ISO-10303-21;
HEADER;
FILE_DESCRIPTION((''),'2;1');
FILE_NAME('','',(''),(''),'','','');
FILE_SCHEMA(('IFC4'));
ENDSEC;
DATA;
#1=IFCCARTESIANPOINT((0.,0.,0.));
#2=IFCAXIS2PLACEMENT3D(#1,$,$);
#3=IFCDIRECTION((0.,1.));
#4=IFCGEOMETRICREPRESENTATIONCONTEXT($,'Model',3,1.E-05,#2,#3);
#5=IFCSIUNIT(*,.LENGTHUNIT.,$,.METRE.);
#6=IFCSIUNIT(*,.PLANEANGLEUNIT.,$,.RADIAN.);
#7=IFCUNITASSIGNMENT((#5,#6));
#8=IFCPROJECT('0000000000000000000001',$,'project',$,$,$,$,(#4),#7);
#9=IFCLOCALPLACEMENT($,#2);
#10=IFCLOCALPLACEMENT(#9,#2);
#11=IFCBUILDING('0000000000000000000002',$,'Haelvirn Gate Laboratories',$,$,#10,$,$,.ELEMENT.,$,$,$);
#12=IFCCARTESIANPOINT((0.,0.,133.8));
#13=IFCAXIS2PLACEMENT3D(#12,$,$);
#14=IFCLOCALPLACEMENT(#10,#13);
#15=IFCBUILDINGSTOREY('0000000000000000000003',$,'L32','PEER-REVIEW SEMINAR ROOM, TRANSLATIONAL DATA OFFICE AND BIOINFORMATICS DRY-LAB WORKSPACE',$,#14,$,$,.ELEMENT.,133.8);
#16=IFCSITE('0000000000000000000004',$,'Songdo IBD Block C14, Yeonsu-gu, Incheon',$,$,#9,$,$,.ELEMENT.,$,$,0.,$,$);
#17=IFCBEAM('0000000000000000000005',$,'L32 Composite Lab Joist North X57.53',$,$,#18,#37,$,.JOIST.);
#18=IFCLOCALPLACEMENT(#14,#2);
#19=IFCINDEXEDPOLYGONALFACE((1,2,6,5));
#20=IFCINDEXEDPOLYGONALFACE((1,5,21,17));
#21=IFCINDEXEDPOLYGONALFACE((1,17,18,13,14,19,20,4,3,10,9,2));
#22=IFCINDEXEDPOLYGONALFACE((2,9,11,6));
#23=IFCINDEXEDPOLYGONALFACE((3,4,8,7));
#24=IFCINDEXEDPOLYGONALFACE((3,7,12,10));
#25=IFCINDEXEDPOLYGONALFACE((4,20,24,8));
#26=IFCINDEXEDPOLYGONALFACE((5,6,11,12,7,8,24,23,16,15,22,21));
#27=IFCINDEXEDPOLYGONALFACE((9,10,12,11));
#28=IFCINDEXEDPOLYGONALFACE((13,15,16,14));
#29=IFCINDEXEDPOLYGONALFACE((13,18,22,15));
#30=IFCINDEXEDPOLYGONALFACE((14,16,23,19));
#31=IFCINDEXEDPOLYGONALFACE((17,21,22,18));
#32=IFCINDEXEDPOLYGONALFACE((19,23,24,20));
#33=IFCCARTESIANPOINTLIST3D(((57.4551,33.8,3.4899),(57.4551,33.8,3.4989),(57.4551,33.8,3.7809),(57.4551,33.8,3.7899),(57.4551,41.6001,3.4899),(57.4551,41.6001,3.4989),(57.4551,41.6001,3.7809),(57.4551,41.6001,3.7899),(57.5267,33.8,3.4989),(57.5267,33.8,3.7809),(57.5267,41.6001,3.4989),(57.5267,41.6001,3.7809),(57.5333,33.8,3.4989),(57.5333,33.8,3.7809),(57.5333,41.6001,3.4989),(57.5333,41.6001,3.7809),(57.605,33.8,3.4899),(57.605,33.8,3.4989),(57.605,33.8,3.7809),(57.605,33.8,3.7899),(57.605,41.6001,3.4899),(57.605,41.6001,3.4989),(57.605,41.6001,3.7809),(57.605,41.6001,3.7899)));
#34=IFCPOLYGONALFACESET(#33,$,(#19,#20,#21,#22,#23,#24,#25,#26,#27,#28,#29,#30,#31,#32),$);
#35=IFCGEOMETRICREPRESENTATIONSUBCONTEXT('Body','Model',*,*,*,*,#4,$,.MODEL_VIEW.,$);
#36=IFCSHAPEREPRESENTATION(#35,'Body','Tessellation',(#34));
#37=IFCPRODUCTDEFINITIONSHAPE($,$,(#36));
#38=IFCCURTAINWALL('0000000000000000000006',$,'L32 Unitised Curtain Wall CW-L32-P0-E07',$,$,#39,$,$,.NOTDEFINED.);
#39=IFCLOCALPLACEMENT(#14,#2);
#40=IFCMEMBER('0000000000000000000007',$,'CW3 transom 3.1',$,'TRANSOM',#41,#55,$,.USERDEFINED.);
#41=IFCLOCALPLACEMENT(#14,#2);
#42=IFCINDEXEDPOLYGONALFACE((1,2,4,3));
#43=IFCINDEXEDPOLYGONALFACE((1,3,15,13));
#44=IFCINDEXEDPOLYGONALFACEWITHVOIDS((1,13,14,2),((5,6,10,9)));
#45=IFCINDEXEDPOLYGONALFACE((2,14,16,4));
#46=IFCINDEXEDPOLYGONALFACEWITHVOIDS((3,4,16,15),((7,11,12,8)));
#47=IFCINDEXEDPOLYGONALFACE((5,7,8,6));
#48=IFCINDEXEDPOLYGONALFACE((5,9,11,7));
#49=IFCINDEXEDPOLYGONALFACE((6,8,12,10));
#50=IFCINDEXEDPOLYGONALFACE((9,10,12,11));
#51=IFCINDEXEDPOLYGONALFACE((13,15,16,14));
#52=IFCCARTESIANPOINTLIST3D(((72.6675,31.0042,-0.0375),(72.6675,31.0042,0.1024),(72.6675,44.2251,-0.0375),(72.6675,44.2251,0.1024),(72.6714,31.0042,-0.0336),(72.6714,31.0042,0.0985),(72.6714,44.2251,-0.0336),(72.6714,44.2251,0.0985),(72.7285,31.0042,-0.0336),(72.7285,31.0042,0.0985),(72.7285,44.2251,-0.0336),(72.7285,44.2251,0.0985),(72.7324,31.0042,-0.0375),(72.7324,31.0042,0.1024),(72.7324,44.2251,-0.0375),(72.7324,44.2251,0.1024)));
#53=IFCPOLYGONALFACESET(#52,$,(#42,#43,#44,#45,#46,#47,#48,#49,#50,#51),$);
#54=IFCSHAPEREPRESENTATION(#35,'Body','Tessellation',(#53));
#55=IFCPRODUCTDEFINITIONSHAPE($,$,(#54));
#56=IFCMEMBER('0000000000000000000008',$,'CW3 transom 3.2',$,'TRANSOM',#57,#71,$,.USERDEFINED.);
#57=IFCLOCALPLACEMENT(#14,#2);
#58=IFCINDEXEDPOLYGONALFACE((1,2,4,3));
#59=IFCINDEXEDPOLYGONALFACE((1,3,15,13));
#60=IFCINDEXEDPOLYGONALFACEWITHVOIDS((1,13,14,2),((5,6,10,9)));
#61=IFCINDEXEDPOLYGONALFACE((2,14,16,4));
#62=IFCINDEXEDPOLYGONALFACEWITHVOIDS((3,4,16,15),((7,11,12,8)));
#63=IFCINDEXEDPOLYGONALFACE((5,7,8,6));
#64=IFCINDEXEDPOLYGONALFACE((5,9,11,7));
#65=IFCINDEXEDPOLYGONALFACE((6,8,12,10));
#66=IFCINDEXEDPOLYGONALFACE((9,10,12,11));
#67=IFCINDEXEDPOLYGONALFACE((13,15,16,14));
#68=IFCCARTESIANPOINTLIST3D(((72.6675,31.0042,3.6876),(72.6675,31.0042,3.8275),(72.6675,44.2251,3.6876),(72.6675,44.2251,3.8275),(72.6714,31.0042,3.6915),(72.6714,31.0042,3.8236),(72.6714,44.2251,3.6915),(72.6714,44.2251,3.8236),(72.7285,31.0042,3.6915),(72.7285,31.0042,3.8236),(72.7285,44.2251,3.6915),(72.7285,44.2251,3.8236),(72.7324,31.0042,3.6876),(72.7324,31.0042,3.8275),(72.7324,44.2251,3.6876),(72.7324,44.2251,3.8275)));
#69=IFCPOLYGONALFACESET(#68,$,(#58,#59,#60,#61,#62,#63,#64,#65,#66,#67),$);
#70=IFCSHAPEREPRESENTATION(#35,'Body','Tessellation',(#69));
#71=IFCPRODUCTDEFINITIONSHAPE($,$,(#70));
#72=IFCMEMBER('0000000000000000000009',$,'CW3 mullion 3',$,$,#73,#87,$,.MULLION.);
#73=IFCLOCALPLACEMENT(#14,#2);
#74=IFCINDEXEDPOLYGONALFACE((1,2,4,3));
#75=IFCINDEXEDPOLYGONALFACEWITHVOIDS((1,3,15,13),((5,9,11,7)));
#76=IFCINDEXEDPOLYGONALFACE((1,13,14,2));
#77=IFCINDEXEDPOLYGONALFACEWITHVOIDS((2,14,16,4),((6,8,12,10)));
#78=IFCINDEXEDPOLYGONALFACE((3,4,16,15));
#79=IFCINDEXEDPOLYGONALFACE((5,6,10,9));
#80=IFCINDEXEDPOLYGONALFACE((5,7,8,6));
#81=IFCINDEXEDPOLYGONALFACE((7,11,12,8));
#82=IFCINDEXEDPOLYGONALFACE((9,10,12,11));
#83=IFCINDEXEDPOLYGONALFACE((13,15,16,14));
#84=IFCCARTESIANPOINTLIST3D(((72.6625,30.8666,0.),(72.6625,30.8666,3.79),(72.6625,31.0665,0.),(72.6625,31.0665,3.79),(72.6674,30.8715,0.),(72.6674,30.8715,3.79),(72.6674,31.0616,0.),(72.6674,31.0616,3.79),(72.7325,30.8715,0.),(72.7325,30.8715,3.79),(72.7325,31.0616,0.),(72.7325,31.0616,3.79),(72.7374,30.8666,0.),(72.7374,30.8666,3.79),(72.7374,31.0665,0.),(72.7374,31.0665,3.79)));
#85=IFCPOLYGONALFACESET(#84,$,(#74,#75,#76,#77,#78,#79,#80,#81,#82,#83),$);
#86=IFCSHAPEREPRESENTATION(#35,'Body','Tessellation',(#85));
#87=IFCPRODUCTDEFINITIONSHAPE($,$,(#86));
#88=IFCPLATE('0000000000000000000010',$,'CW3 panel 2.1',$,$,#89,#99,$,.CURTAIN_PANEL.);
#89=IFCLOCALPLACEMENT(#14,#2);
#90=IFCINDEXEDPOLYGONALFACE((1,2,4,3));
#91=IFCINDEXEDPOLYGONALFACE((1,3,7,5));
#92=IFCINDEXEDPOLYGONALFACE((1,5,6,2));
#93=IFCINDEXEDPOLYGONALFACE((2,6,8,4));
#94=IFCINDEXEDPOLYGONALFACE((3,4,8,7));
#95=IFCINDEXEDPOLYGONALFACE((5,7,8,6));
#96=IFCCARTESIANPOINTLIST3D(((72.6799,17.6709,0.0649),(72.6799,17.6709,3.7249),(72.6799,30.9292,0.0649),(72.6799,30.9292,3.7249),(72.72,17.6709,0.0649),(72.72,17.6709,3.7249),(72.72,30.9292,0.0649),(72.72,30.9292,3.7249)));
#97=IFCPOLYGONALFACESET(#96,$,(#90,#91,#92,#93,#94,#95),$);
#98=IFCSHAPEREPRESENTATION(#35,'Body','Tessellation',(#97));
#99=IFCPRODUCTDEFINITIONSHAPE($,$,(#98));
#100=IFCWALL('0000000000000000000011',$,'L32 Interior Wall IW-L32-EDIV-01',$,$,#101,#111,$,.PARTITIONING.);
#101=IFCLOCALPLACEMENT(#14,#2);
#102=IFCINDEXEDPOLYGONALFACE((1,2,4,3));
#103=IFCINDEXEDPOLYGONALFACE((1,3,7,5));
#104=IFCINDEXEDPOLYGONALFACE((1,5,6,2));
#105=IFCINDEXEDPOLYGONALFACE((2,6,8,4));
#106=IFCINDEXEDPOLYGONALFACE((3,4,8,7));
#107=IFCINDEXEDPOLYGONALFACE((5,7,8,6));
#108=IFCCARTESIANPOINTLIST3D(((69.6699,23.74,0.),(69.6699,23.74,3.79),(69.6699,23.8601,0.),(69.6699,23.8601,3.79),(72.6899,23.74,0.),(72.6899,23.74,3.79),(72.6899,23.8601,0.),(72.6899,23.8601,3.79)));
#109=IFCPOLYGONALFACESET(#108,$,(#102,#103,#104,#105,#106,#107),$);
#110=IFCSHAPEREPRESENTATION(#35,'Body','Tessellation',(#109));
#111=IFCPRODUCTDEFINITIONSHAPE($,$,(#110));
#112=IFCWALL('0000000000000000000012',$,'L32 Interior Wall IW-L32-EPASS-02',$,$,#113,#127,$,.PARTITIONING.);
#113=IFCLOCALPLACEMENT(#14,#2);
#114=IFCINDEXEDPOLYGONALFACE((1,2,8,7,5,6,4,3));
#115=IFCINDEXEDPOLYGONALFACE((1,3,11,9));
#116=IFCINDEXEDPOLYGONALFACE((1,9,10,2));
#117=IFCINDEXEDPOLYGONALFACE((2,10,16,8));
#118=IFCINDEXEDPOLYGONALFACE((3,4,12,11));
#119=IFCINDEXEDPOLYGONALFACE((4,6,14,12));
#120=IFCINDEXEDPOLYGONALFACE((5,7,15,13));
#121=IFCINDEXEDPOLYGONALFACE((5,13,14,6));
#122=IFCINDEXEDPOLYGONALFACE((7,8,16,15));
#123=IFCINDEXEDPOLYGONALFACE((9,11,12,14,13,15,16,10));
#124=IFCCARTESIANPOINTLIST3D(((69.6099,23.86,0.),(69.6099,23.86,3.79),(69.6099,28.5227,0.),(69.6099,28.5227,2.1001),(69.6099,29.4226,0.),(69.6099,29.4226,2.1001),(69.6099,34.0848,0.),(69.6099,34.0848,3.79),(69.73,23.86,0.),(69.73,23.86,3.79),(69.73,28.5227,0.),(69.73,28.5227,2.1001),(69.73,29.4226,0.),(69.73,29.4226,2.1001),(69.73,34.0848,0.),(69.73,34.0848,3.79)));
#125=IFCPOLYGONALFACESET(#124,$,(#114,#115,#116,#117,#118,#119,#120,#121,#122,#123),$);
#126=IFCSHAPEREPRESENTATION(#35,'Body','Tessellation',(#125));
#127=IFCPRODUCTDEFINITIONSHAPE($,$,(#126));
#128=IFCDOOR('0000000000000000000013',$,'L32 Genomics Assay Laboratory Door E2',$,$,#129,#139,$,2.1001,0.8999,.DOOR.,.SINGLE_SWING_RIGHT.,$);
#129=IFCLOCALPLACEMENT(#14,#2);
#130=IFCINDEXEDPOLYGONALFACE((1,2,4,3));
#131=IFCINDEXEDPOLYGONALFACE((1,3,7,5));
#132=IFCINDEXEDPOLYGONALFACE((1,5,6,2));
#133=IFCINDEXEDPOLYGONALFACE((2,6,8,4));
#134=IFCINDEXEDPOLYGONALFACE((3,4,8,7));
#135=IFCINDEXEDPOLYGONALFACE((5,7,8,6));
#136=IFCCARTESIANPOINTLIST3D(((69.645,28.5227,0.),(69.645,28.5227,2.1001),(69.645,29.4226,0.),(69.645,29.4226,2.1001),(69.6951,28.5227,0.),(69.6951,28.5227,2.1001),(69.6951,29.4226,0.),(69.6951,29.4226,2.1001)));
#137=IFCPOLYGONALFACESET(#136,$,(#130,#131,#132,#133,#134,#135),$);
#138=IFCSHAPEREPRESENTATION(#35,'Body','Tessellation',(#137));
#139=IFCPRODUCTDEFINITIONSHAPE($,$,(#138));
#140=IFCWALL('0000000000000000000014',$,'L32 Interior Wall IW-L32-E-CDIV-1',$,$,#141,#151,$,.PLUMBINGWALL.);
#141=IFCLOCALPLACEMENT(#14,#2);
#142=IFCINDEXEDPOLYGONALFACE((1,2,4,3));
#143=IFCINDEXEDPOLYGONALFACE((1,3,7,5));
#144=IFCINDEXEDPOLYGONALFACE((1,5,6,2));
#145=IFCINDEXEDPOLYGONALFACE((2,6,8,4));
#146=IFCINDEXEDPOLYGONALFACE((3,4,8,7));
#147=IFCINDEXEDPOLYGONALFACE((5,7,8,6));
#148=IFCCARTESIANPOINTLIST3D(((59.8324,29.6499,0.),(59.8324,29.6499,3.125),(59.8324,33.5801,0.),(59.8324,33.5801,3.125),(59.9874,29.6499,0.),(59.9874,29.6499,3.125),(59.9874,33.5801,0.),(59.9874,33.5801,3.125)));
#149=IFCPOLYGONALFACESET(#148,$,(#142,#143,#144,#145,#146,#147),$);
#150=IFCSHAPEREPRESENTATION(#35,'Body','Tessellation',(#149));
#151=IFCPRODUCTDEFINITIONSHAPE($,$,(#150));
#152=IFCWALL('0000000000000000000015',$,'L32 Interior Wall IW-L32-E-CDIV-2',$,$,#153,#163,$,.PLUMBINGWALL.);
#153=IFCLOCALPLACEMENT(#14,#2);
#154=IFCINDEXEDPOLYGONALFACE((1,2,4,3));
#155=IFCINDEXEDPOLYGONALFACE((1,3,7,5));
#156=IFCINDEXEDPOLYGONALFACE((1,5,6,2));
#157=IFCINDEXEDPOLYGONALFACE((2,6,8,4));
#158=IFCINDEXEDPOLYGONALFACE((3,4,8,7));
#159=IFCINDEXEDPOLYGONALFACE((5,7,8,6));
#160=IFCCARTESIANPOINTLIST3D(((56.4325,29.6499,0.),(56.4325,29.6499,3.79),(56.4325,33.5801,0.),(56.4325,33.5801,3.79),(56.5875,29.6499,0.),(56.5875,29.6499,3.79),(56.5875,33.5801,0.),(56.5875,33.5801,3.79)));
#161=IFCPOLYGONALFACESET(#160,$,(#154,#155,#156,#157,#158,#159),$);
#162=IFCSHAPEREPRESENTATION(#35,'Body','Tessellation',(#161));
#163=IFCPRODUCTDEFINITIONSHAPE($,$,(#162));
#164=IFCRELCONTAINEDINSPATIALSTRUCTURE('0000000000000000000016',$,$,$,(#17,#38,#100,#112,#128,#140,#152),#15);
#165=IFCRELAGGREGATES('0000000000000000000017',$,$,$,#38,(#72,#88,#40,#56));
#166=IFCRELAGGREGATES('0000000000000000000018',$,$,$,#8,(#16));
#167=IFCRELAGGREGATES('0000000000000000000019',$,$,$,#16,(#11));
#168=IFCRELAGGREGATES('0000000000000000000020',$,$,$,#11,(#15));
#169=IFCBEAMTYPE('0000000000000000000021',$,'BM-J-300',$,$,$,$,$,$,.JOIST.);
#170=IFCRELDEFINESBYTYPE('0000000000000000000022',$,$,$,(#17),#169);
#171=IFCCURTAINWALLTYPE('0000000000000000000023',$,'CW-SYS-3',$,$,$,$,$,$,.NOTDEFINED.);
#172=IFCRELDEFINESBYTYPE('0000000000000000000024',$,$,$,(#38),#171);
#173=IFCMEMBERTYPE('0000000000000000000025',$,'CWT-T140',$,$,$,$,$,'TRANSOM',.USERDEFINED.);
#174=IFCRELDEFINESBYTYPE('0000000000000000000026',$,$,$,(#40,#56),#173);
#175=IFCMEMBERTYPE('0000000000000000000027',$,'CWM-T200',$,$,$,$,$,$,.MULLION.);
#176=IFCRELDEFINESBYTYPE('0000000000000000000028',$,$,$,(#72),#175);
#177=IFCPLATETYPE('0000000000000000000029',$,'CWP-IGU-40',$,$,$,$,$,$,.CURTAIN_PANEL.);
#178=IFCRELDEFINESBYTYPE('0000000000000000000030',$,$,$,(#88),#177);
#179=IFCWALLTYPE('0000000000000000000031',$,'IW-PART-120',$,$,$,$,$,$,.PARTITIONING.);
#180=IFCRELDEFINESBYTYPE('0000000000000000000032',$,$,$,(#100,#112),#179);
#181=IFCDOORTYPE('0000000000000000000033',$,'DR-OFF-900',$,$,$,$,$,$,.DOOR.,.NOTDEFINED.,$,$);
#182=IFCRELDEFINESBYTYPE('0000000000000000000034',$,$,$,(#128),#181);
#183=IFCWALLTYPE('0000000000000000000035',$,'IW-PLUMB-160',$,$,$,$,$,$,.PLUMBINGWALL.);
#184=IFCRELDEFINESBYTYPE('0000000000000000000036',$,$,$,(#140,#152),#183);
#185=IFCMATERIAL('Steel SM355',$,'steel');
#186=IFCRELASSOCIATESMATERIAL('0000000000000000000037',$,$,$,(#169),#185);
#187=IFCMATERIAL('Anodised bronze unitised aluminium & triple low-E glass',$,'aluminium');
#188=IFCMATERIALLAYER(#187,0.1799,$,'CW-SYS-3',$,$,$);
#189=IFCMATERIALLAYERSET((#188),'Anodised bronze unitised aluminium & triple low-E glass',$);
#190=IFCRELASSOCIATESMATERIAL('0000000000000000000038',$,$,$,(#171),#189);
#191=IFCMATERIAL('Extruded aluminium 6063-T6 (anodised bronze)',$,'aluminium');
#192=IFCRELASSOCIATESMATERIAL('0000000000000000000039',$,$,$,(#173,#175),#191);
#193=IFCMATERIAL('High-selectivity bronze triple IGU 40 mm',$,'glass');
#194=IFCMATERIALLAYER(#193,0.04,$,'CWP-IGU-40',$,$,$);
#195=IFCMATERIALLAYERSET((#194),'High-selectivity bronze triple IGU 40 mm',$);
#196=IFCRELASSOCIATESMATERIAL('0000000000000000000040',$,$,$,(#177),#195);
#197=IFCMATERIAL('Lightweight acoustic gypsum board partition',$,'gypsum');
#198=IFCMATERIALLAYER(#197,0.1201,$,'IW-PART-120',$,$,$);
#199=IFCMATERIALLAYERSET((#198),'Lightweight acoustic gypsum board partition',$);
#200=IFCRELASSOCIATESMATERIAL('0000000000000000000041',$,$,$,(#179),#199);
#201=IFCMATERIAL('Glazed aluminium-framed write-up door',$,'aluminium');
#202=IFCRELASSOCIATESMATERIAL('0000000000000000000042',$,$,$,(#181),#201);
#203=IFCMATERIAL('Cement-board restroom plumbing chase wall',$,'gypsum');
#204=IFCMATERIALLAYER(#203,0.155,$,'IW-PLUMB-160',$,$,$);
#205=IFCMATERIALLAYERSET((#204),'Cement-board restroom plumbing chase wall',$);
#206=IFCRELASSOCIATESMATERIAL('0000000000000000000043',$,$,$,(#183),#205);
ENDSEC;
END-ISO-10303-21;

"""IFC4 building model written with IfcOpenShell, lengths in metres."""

from ifc_helpers import new_model, si_unit, direction, frame, frame_2d, origin, origin_2d, place, context, subcontext, project, spatial, rectangle, hollow_rectangle, i_section, extrude, source, transform, mapped, material, layer, layer_set, material_profile, profile_set, type_object, type_shapes, element, fill, aggregate, save


model = new_model("IFC4")

# Units and contexts
model_context = context("Model", 3, precision=1e-05, world=origin(), true_north=direction((0.0, 1.0)))
body_context = subcontext(model_context, "Body", "Model", "MODEL_VIEW")
ifc_project = project(units=[si_unit("LENGTHUNIT", "METRE"), si_unit("PLANEANGLEUNIT", "RADIAN")], contexts=[model_context])

# Site, building, storey
site_placement = place(None, origin())
site = spatial("IfcSite", under=ifc_project, at=site_placement, Name="Songdo IBD Block C14, Yeonsu-gu, Incheon", CompositionType="ELEMENT", RefElevation=0.0)
building_placement = place(site_placement, origin())
building = spatial("IfcBuilding", under=site, at=building_placement, Name="Haelvirn Gate Laboratories", CompositionType="ELEMENT")
storey_placement = place(building_placement, frame((0.0, 0.0, 133.8)))
storey = spatial("IfcBuildingStorey", under=building, at=storey_placement, Name="L32", Description="PEER-REVIEW SEMINAR ROOM, TRANSLATIONAL DATA OFFICE AND BIOINFORMATICS DRY-LAB WORKSPACE", CompositionType="ELEMENT", Elevation=133.8)

# Beam
ifc_material_1 = material(Name="Steel SM355", Category="steel")
ifc_material_profile_1 = material_profile(ifc_material_1, i_section(OverallWidth=0.1499, OverallDepth=0.3, WebThickness=0.0066, FlangeThickness=0.009, at=origin_2d()), Name="H-300x150x6.5x9")
ifc_profile_set_1 = profile_set([ifc_material_profile_1], Name="Steel SM355")
beam_type = type_object("IfcBeamType", Name="BM-J-300", PredefinedType="JOIST", material=ifc_profile_set_1)
shared_shape_1 = source(origin(), body_context, "Body", "SweptSolid", [
    extrude(i_section(OverallWidth=0.1499, OverallDepth=0.3, WebThickness=0.0066, FlangeThickness=0.009, at=origin_2d()), origin(), (0.0, 0.0, 1.0), 7.8),
])
type_shapes(beam_type, [shared_shape_1])
beam_placement = place(storey_placement, frame((57.53, 33.8, 3.6399), z_axis=(0.0, 1.0, 0.0), x_axis=(-1.0, 0.0, 0.0)))
element("IfcBeam", 1, at=beam_placement, inside=storey, type_object=beam_type, Name="L32 Composite Lab Joist North X57.53", PredefinedType="JOIST", context=body_context, shape_type="MappedRepresentation", body=[
    mapped(shared_shape_1, transform((0.0, 0.0, 0.0), scale=1.0)),
])

# Curtain wall, members, plate
ifc_material_2 = material(Name="Anodised bronze unitised aluminium & triple low-E glass", Category="aluminium")
ifc_layer_1 = layer(ifc_material_2, 0.1799, Name="CW-SYS-3")
ifc_layer_set_1 = layer_set([ifc_layer_1], Name="Anodised bronze unitised aluminium & triple low-E glass")
curtain_wall_type = type_object("IfcCurtainWallType", Name="CW-SYS-3", PredefinedType="NOTDEFINED", material=ifc_layer_set_1)
curtain_wall_placement = place(storey_placement, origin())
curtain_wall = element("IfcCurtainWall", 2, at=curtain_wall_placement, inside=storey, type_object=curtain_wall_type, Name="L32 Unitised Curtain Wall CW-L32-P0-E07", PredefinedType="NOTDEFINED")
ifc_material_3 = material(Name="Extruded aluminium 6063-T6 (anodised bronze)", Category="aluminium")
ifc_material_profile_2 = material_profile(ifc_material_3, hollow_rectangle(XDim=0.0649, YDim=0.1399, WallThickness=0.0039, at=origin_2d()), Name="CWT-140x65x4")
ifc_profile_set_2 = profile_set([ifc_material_profile_2], Name="Extruded aluminium 6063-T6 (anodised bronze)")
member_type_1 = type_object("IfcMemberType", Name="CWT-T140", ElementType="TRANSOM", PredefinedType="USERDEFINED", material=ifc_profile_set_2)
shared_shape_2 = source(origin(), body_context, "Body", "SweptSolid", [
    extrude(hollow_rectangle(XDim=0.0649, YDim=0.1399, WallThickness=0.0039, at=origin_2d()), origin(), (0.0, 0.0, 1.0), 13.2209),
])
type_shapes(member_type_1, [shared_shape_2])
member_1_placement = place(storey_placement, frame((72.7, 31.0042, 0.0325), z_axis=(0.0, 1.0, 0.0), x_axis=(-1.0, 0.0, 0.0)))
member_1 = element("IfcMember", 3, at=member_1_placement, type_object=member_type_1, Name="CW3 transom 3.1", ObjectType="TRANSOM", PredefinedType="USERDEFINED", context=body_context, shape_type="MappedRepresentation", body=[
    mapped(shared_shape_2, transform((0.0, 0.0, 0.0), scale=1.0)),
])
member_2_placement = place(storey_placement, frame((72.7, 31.0042, 3.7576), z_axis=(0.0, 1.0, 0.0), x_axis=(-1.0, 0.0, 0.0)))
member_2 = element("IfcMember", 4, at=member_2_placement, type_object=member_type_1, Name="CW3 transom 3.2", ObjectType="TRANSOM", PredefinedType="USERDEFINED", context=body_context, shape_type="MappedRepresentation", body=[
    mapped(shared_shape_2, transform((0.0, 0.0, 0.0), scale=1.0)),
])
ifc_material_profile_3 = material_profile(ifc_material_3, hollow_rectangle(XDim=0.075, YDim=0.2, WallThickness=0.0049, at=origin_2d()), Name="CWM-200x75x5")
ifc_profile_set_3 = profile_set([ifc_material_profile_3], Name="Extruded aluminium 6063-T6 (anodised bronze)")
member_type_2 = type_object("IfcMemberType", Name="CWM-T200", PredefinedType="MULLION", material=ifc_profile_set_3)
shared_shape_3 = source(origin(), body_context, "Body", "SweptSolid", [
    extrude(hollow_rectangle(XDim=0.075, YDim=0.2, WallThickness=0.0049, at=origin_2d()), origin(), (0.0, 0.0, 1.0), 3.79),
])
type_shapes(member_type_2, [shared_shape_3])
member_3_placement = place(storey_placement, frame((72.7, 30.9666, 0.0), z_axis=(0.0, 0.0, 1.0), x_axis=(-1.0, 0.0, 0.0)))
member_3 = element("IfcMember", 5, at=member_3_placement, type_object=member_type_2, Name="CW3 mullion 3", PredefinedType="MULLION", context=body_context, shape_type="MappedRepresentation", body=[
    mapped(shared_shape_3, transform((0.0, 0.0, 0.0), scale=1.0)),
])
ifc_material_4 = material(Name="High-selectivity bronze triple IGU 40 mm", Category="glass")
ifc_layer_2 = layer(ifc_material_4, 0.04, Name="CWP-IGU-40")
ifc_layer_set_2 = layer_set([ifc_layer_2], Name="High-selectivity bronze triple IGU 40 mm")
plate_type = type_object("IfcPlateType", Name="CWP-IGU-40", PredefinedType="CURTAIN_PANEL", material=ifc_layer_set_2)
shared_shape_4 = source(origin(), body_context, "Body", "SweptSolid", [
    extrude(rectangle(XDim=13.2583, YDim=0.04, at=origin_2d()), origin(), (0.0, 0.0, 1.0), 3.6599),
])
type_shapes(plate_type, [shared_shape_4])
plate_placement = place(storey_placement, frame((72.7, 24.3, 0.0649), z_axis=(0.0, 0.0, 1.0), x_axis=(0.0, 1.0, 0.0)))
plate = element("IfcPlate", 6, at=plate_placement, type_object=plate_type, Name="CW3 panel 2.1", PredefinedType="CURTAIN_PANEL", context=body_context, shape_type="MappedRepresentation", body=[
    mapped(shared_shape_4, transform((0.0, 0.0, 0.0), scale=1.0)),
])
aggregate(curtain_wall, [member_3, plate, member_1, member_2])

# Wall
ifc_material_5 = material(Name="Lightweight acoustic gypsum board partition", Category="gypsum")
ifc_layer_3 = layer(ifc_material_5, 0.1201, Name="IW-PART-120")
ifc_layer_set_3 = layer_set([ifc_layer_3], Name="Lightweight acoustic gypsum board partition")
wall_type_1 = type_object("IfcWallType", Name="IW-PART-120", PredefinedType="PARTITIONING", material=ifc_layer_set_3)
wall_1_placement = place(storey_placement, frame((69.6699, 23.8, 0.0), z_axis=(0.0, 0.0, 1.0), x_axis=(1.0, 0.0, 0.0)))
element("IfcWall", 7, at=wall_1_placement, inside=storey, type_object=wall_type_1, Name="L32 Interior Wall IW-L32-EDIV-01", PredefinedType="PARTITIONING", context=body_context, shape_type="SweptSolid", body=[
    extrude(rectangle(XDim=3.02, YDim=0.1201, at=frame_2d((1.51, 0.0))), origin(), (0.0, 0.0, 1.0), 3.79),
])

# Wall, opening, door
wall_2_placement = place(storey_placement, frame((69.6699, 23.8601, 0.0), z_axis=(0.0, 0.0, 1.0), x_axis=(0.0, 1.0, 0.0)))
wall_2 = element("IfcWall", 8, at=wall_2_placement, inside=storey, type_object=wall_type_1, Name="L32 Interior Wall IW-L32-EPASS-02", PredefinedType="PARTITIONING", context=body_context, shape_type="SweptSolid", body=[
    extrude(rectangle(XDim=10.2249, YDim=0.1201, at=frame_2d((5.1123, 0.0))), origin(), (0.0, 0.0, 1.0), 3.79),
])
opening_1_placement = place(wall_2_placement, frame((4.6626, 0.0, 0.0)))
opening_1 = element("IfcOpeningElement", 9, at=opening_1_placement, cuts=wall_2, PredefinedType="OPENING", context=body_context, shape_type="SweptSolid", body=[
    extrude(rectangle(XDim=0.8999, YDim=2.1001, at=frame_2d((0.45, 1.05))), frame((0.0, 0.0701, 0.0), z_axis=(0.0, -1.0, 0.0), x_axis=(1.0, 0.0, 0.0)), (0.0, 0.0, 1.0), 0.1401),
])
ifc_material_6 = material(Name="Glazed aluminium-framed write-up door", Category="aluminium")
door_type_1 = type_object("IfcDoorType", Name="DR-OFF-900", OperationType="NOTDEFINED", PredefinedType="DOOR", material=ifc_material_6)
shared_shape_5 = source(origin(), body_context, "Body", "SweptSolid", [
    extrude(rectangle(XDim=0.8999, YDim=2.1001, at=frame_2d((0.45, 1.05))), frame((0.0, 0.0249, 0.0), z_axis=(0.0, -1.0, 0.0), x_axis=(1.0, 0.0, 0.0)), (0.0, 0.0, 1.0), 0.05),
])
type_shapes(door_type_1, [shared_shape_5])
door_1_placement = place(opening_1_placement, origin())
door_1 = element("IfcDoor", 10, at=door_1_placement, inside=storey, type_object=door_type_1, Name="L32 Genomics Assay Laboratory Door E2", OperationType="SINGLE_SWING_RIGHT", OverallHeight=2.1001, OverallWidth=0.8999, PredefinedType="DOOR", context=body_context, shape_type="MappedRepresentation", body=[
    mapped(shared_shape_5, transform((0.0, 0.0, 0.0), scale=1.0)),
])
fill(opening_1, door_1)

# Walls
ifc_material_7 = material(Name="Cement-board restroom plumbing chase wall", Category="gypsum")
ifc_layer_4 = layer(ifc_material_7, 0.155, Name="IW-PLUMB-160")
ifc_layer_set_4 = layer_set([ifc_layer_4], Name="Cement-board restroom plumbing chase wall")
wall_type_2 = type_object("IfcWallType", Name="IW-PLUMB-160", PredefinedType="PLUMBINGWALL", material=ifc_layer_set_4)
wall_3_placement = place(storey_placement, frame((59.9099, 29.6499, 0.0), z_axis=(0.0, 0.0, 1.0), x_axis=(0.0, 1.0, 0.0)))
element("IfcWall", 11, at=wall_3_placement, inside=storey, type_object=wall_type_2, Name="L32 Interior Wall IW-L32-E-CDIV-1", PredefinedType="PLUMBINGWALL", context=body_context, shape_type="SweptSolid", body=[
    extrude(rectangle(XDim=3.9302, YDim=0.155, at=frame_2d((1.9651, 0.0))), origin(), (0.0, 0.0, 1.0), 3.125),
])
wall_4_placement = place(storey_placement, frame((56.51, 29.6499, 0.0), z_axis=(0.0, 0.0, 1.0), x_axis=(0.0, 1.0, 0.0)))
element("IfcWall", 12, at=wall_4_placement, inside=storey, type_object=wall_type_2, Name="L32 Interior Wall IW-L32-E-CDIV-2", PredefinedType="PLUMBINGWALL", context=body_context, shape_type="SweptSolid", body=[
    extrude(rectangle(XDim=3.9302, YDim=0.155, at=frame_2d((1.9651, 0.0))), origin(), (0.0, 0.0, 1.0), 3.79),
])

save(model, "model.ifc")
